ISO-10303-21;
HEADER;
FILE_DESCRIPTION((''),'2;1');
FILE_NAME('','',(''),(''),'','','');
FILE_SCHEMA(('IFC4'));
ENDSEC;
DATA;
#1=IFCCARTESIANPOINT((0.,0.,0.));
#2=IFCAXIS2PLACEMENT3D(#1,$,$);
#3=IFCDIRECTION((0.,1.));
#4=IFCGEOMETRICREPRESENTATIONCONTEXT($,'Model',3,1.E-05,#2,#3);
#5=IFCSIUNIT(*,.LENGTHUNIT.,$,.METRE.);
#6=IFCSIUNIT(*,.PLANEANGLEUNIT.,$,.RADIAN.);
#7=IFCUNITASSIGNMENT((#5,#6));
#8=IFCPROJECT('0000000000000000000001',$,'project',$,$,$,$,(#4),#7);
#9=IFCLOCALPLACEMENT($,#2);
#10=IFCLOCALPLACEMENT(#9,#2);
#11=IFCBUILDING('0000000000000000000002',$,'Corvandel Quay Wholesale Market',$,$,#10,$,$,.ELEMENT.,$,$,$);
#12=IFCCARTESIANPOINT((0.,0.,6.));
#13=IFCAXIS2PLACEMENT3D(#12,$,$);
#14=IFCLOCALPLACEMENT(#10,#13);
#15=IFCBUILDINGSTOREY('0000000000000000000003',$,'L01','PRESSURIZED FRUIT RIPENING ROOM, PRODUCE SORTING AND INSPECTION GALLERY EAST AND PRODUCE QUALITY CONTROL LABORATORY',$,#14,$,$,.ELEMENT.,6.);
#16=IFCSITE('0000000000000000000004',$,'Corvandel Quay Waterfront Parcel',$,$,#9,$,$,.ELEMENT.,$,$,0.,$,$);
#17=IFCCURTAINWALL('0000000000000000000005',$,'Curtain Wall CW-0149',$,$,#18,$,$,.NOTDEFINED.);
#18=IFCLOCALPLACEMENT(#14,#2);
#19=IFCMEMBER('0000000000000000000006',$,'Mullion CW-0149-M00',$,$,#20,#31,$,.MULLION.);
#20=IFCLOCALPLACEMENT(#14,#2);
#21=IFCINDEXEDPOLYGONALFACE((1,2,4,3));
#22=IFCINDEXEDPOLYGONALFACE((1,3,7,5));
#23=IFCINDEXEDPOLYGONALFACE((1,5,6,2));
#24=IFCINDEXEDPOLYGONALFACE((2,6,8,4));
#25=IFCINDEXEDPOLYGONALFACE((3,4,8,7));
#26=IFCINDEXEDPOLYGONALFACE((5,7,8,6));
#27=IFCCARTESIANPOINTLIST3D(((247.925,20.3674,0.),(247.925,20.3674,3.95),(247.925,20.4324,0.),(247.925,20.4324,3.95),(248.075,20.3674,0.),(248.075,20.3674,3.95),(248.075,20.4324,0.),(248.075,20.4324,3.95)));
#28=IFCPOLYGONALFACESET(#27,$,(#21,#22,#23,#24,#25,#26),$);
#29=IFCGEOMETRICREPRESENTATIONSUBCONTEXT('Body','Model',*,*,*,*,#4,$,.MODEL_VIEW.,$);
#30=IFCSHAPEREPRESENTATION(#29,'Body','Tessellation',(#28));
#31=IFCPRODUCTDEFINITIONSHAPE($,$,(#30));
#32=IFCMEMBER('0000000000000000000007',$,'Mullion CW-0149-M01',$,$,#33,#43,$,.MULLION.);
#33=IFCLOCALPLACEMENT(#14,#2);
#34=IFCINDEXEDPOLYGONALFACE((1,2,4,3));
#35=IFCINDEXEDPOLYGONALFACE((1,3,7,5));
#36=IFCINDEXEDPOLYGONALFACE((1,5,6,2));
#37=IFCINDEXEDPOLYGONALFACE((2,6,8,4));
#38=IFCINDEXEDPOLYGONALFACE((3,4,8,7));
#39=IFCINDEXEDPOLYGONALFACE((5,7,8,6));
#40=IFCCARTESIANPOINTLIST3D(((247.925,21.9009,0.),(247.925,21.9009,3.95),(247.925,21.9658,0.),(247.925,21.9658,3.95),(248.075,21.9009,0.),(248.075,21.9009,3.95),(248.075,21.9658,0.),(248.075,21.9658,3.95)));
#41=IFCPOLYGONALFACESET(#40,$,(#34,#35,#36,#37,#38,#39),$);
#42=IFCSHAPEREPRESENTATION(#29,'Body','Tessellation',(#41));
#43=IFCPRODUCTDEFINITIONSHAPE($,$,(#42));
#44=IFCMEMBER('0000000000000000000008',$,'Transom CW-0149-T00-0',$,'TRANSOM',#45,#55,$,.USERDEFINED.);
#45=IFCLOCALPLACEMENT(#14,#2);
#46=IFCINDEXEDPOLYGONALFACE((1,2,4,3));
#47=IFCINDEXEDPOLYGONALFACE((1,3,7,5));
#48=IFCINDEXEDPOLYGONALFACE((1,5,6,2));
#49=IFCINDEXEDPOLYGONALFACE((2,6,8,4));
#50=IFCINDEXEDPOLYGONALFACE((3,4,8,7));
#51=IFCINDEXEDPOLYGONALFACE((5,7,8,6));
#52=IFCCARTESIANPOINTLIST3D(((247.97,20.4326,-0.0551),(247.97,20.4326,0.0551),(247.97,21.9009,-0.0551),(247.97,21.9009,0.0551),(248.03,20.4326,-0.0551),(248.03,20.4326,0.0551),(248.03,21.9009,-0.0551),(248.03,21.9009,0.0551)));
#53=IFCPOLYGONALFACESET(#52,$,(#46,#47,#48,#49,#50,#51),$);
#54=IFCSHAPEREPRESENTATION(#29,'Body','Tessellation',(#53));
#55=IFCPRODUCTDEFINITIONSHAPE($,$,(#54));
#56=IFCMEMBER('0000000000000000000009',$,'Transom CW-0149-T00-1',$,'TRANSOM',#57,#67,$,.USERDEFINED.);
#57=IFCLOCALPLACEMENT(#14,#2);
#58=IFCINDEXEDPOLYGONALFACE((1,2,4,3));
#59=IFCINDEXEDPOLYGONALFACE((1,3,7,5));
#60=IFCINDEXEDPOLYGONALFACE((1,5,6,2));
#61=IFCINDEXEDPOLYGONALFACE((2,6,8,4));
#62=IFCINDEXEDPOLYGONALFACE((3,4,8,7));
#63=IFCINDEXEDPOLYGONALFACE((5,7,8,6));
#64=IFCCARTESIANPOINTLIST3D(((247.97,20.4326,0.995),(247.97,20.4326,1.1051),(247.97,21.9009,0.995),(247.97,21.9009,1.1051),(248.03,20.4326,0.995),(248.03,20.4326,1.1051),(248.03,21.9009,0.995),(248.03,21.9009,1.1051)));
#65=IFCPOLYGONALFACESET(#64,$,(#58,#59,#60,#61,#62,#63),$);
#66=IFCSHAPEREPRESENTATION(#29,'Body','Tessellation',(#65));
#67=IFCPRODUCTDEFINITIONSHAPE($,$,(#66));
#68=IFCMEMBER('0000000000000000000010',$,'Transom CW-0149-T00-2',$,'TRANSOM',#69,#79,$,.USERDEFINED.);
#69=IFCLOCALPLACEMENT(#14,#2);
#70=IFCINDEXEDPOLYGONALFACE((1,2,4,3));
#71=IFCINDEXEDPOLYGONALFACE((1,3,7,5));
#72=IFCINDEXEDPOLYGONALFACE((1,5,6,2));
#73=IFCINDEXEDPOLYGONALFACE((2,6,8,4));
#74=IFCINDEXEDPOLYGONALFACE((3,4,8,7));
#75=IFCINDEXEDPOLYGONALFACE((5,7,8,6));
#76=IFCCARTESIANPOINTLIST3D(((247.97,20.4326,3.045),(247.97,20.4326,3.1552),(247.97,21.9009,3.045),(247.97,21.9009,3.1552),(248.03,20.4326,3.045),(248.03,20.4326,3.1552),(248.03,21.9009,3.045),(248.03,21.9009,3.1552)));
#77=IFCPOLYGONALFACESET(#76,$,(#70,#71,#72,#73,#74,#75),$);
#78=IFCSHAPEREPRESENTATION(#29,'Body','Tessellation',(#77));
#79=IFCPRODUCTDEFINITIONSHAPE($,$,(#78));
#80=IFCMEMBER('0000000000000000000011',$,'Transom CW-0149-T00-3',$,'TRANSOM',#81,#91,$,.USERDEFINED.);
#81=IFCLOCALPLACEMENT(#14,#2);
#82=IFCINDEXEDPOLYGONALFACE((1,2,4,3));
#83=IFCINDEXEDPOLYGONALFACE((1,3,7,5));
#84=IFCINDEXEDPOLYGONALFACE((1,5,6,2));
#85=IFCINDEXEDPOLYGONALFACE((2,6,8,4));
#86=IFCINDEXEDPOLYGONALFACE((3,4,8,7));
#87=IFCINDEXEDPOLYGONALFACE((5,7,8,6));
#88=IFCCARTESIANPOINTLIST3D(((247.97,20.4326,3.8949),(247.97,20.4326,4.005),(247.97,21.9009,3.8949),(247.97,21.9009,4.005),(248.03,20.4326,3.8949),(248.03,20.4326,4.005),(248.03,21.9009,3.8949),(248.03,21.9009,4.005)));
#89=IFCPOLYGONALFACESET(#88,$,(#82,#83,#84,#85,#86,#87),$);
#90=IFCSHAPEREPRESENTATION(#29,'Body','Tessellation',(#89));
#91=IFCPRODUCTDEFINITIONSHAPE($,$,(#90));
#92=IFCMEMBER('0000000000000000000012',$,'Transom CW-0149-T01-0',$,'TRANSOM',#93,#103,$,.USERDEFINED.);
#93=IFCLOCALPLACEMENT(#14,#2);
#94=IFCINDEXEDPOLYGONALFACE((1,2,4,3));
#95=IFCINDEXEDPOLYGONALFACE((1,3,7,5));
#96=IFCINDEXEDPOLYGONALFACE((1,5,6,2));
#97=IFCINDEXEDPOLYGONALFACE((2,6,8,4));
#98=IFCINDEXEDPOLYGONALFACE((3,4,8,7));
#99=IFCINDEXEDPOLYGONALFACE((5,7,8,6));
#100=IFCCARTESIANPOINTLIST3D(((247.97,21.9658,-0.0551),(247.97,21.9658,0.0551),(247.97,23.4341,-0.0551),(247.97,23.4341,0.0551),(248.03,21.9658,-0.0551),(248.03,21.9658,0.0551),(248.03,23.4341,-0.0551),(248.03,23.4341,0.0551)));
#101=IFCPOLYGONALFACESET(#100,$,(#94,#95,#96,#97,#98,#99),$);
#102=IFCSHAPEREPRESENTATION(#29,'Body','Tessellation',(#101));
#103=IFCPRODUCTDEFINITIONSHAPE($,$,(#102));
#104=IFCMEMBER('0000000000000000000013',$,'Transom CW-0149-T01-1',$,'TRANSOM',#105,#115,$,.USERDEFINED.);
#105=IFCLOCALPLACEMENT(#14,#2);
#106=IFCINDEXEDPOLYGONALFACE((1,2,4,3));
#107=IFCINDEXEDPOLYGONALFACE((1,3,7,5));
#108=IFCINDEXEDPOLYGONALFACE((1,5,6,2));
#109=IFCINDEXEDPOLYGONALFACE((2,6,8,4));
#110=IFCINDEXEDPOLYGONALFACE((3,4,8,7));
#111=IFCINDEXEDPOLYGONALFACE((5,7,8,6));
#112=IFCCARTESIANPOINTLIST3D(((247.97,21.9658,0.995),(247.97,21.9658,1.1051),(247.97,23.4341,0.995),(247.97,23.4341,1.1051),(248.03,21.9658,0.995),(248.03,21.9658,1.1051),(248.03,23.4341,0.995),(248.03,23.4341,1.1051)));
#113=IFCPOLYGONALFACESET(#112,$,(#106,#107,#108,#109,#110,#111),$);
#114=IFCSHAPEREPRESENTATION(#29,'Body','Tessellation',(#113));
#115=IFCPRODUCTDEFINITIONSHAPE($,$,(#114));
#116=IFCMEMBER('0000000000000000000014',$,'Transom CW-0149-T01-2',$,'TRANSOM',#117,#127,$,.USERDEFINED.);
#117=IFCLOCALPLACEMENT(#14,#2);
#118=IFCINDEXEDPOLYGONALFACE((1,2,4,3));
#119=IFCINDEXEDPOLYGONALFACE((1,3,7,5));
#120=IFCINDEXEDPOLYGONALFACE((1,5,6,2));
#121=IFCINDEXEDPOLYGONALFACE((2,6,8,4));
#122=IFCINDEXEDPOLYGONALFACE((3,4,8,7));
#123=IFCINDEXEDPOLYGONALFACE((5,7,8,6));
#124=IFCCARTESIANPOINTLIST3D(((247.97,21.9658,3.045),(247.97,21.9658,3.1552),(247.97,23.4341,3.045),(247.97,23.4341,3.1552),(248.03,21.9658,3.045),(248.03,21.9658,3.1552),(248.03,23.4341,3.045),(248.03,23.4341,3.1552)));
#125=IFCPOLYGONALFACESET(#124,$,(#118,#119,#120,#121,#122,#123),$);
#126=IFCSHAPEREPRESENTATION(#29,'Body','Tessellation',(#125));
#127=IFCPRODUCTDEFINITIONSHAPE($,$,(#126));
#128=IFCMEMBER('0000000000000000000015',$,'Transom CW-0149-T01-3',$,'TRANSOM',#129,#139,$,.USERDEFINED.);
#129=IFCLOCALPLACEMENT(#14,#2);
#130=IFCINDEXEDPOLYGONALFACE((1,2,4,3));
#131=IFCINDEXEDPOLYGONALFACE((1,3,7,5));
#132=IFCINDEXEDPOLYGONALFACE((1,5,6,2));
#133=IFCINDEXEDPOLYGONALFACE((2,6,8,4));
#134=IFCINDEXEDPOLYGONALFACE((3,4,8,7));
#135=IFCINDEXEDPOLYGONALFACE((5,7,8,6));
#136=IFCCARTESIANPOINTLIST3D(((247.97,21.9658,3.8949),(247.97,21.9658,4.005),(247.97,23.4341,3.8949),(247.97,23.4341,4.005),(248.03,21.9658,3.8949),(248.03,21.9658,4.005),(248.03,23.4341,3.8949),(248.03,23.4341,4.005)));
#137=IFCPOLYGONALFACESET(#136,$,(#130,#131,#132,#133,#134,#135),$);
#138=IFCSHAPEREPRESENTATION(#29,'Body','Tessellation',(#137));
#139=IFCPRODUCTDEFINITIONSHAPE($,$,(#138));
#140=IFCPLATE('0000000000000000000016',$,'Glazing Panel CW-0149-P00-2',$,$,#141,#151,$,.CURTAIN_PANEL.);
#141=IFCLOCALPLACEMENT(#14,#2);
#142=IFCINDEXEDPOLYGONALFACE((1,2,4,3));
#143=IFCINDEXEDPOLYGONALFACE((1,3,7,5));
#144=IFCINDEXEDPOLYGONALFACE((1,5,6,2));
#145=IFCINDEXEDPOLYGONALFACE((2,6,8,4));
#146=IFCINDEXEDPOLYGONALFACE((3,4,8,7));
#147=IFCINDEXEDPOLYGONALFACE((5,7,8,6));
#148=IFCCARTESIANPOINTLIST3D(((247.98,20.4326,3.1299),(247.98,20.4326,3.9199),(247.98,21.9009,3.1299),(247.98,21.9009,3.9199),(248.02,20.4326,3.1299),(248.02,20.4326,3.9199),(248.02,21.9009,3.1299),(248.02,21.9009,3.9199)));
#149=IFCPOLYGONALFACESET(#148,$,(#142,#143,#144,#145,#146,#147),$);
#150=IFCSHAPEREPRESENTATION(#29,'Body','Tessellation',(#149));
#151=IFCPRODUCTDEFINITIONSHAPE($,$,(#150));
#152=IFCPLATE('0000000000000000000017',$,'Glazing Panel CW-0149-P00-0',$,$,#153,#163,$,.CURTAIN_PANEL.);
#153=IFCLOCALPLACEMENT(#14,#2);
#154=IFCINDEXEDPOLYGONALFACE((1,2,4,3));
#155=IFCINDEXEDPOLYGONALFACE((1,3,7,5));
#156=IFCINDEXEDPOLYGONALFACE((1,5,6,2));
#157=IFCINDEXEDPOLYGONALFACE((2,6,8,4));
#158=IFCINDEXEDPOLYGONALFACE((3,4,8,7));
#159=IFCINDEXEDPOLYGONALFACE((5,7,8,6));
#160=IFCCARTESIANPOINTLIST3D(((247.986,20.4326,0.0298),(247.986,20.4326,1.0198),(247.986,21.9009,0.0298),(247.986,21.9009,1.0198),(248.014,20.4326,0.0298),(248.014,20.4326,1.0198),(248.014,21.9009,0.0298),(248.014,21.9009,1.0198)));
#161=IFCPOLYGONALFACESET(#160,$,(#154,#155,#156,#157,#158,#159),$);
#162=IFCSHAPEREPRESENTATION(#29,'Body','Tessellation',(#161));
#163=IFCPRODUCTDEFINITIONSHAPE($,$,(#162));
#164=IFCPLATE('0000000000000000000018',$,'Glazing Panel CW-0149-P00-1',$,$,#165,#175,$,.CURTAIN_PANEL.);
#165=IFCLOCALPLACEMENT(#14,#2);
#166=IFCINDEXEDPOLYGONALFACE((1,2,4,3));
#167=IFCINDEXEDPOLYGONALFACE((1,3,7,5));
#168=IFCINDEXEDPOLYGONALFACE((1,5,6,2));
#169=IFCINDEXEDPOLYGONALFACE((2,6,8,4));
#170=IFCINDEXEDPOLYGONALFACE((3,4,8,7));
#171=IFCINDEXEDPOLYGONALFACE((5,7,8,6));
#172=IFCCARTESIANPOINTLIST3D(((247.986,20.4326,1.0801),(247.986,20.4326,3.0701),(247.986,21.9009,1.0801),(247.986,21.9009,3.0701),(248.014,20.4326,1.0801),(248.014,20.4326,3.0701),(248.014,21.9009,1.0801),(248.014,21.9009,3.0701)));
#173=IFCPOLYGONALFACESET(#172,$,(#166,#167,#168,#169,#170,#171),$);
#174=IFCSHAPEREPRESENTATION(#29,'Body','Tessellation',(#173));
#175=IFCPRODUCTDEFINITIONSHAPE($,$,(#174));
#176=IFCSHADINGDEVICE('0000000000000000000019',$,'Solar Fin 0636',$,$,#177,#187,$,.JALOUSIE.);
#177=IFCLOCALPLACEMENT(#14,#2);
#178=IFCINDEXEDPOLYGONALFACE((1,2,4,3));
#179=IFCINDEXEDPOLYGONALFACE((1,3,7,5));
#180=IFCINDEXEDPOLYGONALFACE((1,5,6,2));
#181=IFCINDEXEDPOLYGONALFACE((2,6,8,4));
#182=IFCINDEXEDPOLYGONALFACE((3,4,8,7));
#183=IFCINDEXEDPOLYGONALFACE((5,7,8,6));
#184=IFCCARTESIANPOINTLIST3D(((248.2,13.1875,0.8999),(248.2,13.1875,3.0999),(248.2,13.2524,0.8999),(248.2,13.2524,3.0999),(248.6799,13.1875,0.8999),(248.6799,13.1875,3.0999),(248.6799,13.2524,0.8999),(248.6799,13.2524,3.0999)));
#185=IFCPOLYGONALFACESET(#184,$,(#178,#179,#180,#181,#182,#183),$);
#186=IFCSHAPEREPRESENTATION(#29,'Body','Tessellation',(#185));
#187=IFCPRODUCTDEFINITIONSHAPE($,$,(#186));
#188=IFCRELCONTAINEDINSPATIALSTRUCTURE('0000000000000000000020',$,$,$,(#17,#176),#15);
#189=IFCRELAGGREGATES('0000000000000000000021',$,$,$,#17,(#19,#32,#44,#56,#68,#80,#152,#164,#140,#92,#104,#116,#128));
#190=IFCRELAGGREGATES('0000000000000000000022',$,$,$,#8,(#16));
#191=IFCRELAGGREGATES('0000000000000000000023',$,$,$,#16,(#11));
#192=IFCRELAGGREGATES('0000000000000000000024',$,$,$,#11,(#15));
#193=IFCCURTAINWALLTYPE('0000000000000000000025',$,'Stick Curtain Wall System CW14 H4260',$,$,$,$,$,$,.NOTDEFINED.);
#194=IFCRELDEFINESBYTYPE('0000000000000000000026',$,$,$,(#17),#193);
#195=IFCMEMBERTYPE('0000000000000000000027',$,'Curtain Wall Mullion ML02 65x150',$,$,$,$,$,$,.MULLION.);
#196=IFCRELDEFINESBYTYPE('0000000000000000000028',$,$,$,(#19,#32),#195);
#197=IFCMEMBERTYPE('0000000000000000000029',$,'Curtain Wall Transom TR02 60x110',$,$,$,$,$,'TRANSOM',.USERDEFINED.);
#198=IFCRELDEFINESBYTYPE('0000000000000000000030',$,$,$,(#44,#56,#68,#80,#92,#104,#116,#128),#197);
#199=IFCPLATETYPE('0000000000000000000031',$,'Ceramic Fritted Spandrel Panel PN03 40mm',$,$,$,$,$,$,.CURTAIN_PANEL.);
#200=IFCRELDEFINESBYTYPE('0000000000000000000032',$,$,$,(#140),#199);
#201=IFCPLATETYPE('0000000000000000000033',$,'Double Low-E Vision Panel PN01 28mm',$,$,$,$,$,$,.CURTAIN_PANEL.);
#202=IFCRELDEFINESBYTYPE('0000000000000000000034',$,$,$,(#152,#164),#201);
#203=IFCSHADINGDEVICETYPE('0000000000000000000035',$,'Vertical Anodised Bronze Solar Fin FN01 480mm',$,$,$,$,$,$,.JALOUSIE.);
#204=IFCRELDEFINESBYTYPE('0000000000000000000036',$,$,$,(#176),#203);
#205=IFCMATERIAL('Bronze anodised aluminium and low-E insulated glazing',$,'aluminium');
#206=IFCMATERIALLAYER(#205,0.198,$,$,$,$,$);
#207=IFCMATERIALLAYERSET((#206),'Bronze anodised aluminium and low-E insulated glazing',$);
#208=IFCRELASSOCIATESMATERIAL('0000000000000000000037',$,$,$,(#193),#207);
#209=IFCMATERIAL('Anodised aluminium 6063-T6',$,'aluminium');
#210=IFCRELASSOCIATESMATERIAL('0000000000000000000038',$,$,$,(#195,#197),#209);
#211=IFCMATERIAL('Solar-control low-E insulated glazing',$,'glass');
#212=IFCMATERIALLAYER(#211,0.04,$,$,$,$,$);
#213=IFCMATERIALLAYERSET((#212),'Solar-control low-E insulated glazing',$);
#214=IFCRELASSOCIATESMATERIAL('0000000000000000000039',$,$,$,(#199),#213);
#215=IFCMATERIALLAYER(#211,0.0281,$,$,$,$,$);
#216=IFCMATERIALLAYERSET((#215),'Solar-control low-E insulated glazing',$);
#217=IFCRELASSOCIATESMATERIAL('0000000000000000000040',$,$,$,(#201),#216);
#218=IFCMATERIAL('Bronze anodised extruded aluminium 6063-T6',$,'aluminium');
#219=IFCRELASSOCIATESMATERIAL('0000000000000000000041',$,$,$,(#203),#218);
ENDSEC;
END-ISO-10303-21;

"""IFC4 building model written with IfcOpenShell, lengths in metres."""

from ifc_helpers import new_model, si_unit, direction, frame, origin, origin_2d, place, context, subcontext, project, spatial, rectangle, extrude, material, layer, layer_set, material_profile, profile_set, type_object, element, aggregate, save


model = new_model("IFC4")

# Units and contexts
model_context = context("Model", 3, precision=1e-05, world=origin(), true_north=direction((0.0, 1.0)))
body_context = subcontext(model_context, "Body", "Model", "MODEL_VIEW")
ifc_project = project(units=[si_unit("LENGTHUNIT", "METRE"), si_unit("PLANEANGLEUNIT", "RADIAN")], contexts=[model_context])

# Site, building, storey
site_placement = place(None, origin())
site = spatial("IfcSite", under=ifc_project, at=site_placement, Name="Corvandel Quay Waterfront Parcel", CompositionType="ELEMENT", RefElevation=0.0)
building_placement = place(site_placement, origin())
building = spatial("IfcBuilding", under=site, at=building_placement, Name="Corvandel Quay Wholesale Market", CompositionType="ELEMENT")
storey_placement = place(building_placement, frame((0.0, 0.0, 6.0)))
storey = spatial("IfcBuildingStorey", under=building, at=storey_placement, Name="L01", Description="PRESSURIZED FRUIT RIPENING ROOM, PRODUCE SORTING AND INSPECTION GALLERY EAST AND PRODUCE QUALITY CONTROL LABORATORY", CompositionType="ELEMENT", Elevation=6.0)

# Curtain wall, members, plates
ifc_material_1 = material(Name="Bronze anodised aluminium and low-E insulated glazing", Category="aluminium")
ifc_layer_1 = layer(ifc_material_1, 0.198)
ifc_layer_set_1 = layer_set([ifc_layer_1], Name="Bronze anodised aluminium and low-E insulated glazing")
curtain_wall_type = type_object("IfcCurtainWallType", Name="Stick Curtain Wall System CW14 H4260", PredefinedType="NOTDEFINED", material=ifc_layer_set_1)
curtain_wall_placement = place(storey_placement, origin())
curtain_wall = element("IfcCurtainWall", 1, at=curtain_wall_placement, inside=storey, type_object=curtain_wall_type, Name="Curtain Wall CW-0149", PredefinedType="NOTDEFINED")
ifc_material_2 = material(Name="Anodised aluminium 6063-T6", Category="aluminium")
ifc_material_profile_1 = material_profile(ifc_material_2, rectangle(XDim=0.0649, YDim=0.1499, at=origin_2d()), Name="ALU-MUL-65x150")
ifc_profile_set_1 = profile_set([ifc_material_profile_1], Name="Anodised aluminium 6063-T6")
member_type_1 = type_object("IfcMemberType", Name="Curtain Wall Mullion ML02 65x150", PredefinedType="MULLION", material=ifc_profile_set_1)
member_1_placement = place(storey_placement, frame((248.0, 20.3999, 0.0), z_axis=(0.0, 0.0, 1.0), x_axis=(0.0, 1.0, 0.0)))
member_1 = element("IfcMember", 2, at=member_1_placement, type_object=member_type_1, Name="Mullion CW-0149-M00", PredefinedType="MULLION", context=body_context, shape_type="SweptSolid", body=[
    extrude(rectangle(XDim=0.0649, YDim=0.1499, at=origin_2d()), origin(), (0.0, 0.0, 1.0), 3.95),
])
member_2_placement = place(storey_placement, frame((248.0, 21.9333, 0.0), z_axis=(0.0, 0.0, 1.0), x_axis=(0.0, 1.0, 0.0)))
member_2 = element("IfcMember", 3, at=member_2_placement, type_object=member_type_1, Name="Mullion CW-0149-M01", PredefinedType="MULLION", context=body_context, shape_type="SweptSolid", body=[
    extrude(rectangle(XDim=0.0649, YDim=0.1499, at=origin_2d()), origin(), (0.0, 0.0, 1.0), 3.95),
])
ifc_material_profile_2 = material_profile(ifc_material_2, rectangle(XDim=0.0601, YDim=0.1101, at=origin_2d()), Name="ALU-TRN-60x110")
ifc_profile_set_2 = profile_set([ifc_material_profile_2], Name="Anodised aluminium 6063-T6")
member_type_2 = type_object("IfcMemberType", Name="Curtain Wall Transom TR02 60x110", ElementType="TRANSOM", PredefinedType="USERDEFINED", material=ifc_profile_set_2)
member_3_placement = place(storey_placement, frame((248.0, 20.4326, 0.0), z_axis=(0.0, 1.0, 0.0), x_axis=(-1.0, 0.0, 0.0)))
member_3 = element("IfcMember", 4, at=member_3_placement, type_object=member_type_2, Name="Transom CW-0149-T00-0", ObjectType="TRANSOM", PredefinedType="USERDEFINED", context=body_context, shape_type="SweptSolid", body=[
    extrude(rectangle(XDim=0.0601, YDim=0.1101, at=origin_2d()), origin(), (0.0, 0.0, 1.0), 1.4683),
])
member_4_placement = place(storey_placement, frame((248.0, 20.4326, 1.05), z_axis=(0.0, 1.0, 0.0), x_axis=(-1.0, 0.0, 0.0)))
member_4 = element("IfcMember", 5, at=member_4_placement, type_object=member_type_2, Name="Transom CW-0149-T00-1", ObjectType="TRANSOM", PredefinedType="USERDEFINED", context=body_context, shape_type="SweptSolid", body=[
    extrude(rectangle(XDim=0.0601, YDim=0.1101, at=origin_2d()), origin(), (0.0, 0.0, 1.0), 1.4683),
])
member_5_placement = place(storey_placement, frame((248.0, 20.4326, 3.1001), z_axis=(0.0, 1.0, 0.0), x_axis=(-1.0, 0.0, 0.0)))
member_5 = element("IfcMember", 6, at=member_5_placement, type_object=member_type_2, Name="Transom CW-0149-T00-2", ObjectType="TRANSOM", PredefinedType="USERDEFINED", context=body_context, shape_type="SweptSolid", body=[
    extrude(rectangle(XDim=0.0601, YDim=0.1101, at=origin_2d()), origin(), (0.0, 0.0, 1.0), 1.4683),
])
member_6_placement = place(storey_placement, frame((248.0, 20.4326, 3.95), z_axis=(0.0, 1.0, 0.0), x_axis=(-1.0, 0.0, 0.0)))
member_6 = element("IfcMember", 7, at=member_6_placement, type_object=member_type_2, Name="Transom CW-0149-T00-3", ObjectType="TRANSOM", PredefinedType="USERDEFINED", context=body_context, shape_type="SweptSolid", body=[
    extrude(rectangle(XDim=0.0601, YDim=0.1101, at=origin_2d()), origin(), (0.0, 0.0, 1.0), 1.4683),
])
member_7_placement = place(storey_placement, frame((248.0, 21.9658, 0.0), z_axis=(0.0, 1.0, 0.0), x_axis=(-1.0, 0.0, 0.0)))
member_7 = element("IfcMember", 8, at=member_7_placement, type_object=member_type_2, Name="Transom CW-0149-T01-0", ObjectType="TRANSOM", PredefinedType="USERDEFINED", context=body_context, shape_type="SweptSolid", body=[
    extrude(rectangle(XDim=0.0601, YDim=0.1101, at=origin_2d()), origin(), (0.0, 0.0, 1.0), 1.4683),
])
member_8_placement = place(storey_placement, frame((248.0, 21.9658, 1.05), z_axis=(0.0, 1.0, 0.0), x_axis=(-1.0, 0.0, 0.0)))
member_8 = element("IfcMember", 9, at=member_8_placement, type_object=member_type_2, Name="Transom CW-0149-T01-1", ObjectType="TRANSOM", PredefinedType="USERDEFINED", context=body_context, shape_type="SweptSolid", body=[
    extrude(rectangle(XDim=0.0601, YDim=0.1101, at=origin_2d()), origin(), (0.0, 0.0, 1.0), 1.4683),
])
member_9_placement = place(storey_placement, frame((248.0, 21.9658, 3.1001), z_axis=(0.0, 1.0, 0.0), x_axis=(-1.0, 0.0, 0.0)))
member_9 = element("IfcMember", 10, at=member_9_placement, type_object=member_type_2, Name="Transom CW-0149-T01-2", ObjectType="TRANSOM", PredefinedType="USERDEFINED", context=body_context, shape_type="SweptSolid", body=[
    extrude(rectangle(XDim=0.0601, YDim=0.1101, at=origin_2d()), origin(), (0.0, 0.0, 1.0), 1.4683),
])
member_10_placement = place(storey_placement, frame((248.0, 21.9658, 3.95), z_axis=(0.0, 1.0, 0.0), x_axis=(-1.0, 0.0, 0.0)))
member_10 = element("IfcMember", 11, at=member_10_placement, type_object=member_type_2, Name="Transom CW-0149-T01-3", ObjectType="TRANSOM", PredefinedType="USERDEFINED", context=body_context, shape_type="SweptSolid", body=[
    extrude(rectangle(XDim=0.0601, YDim=0.1101, at=origin_2d()), origin(), (0.0, 0.0, 1.0), 1.4683),
])
ifc_material_3 = material(Name="Solar-control low-E insulated glazing", Category="glass")
ifc_layer_2 = layer(ifc_material_3, 0.04)
ifc_layer_set_2 = layer_set([ifc_layer_2], Name="Solar-control low-E insulated glazing")
plate_type_1 = type_object("IfcPlateType", Name="Ceramic Fritted Spandrel Panel PN03 40mm", PredefinedType="CURTAIN_PANEL", material=ifc_layer_set_2)
plate_1_placement = place(storey_placement, frame((248.0, 21.1667, 3.1299), z_axis=(0.0, 0.0, 1.0), x_axis=(0.0, 1.0, 0.0)))
plate_1 = element("IfcPlate", 12, at=plate_1_placement, type_object=plate_type_1, Name="Glazing Panel CW-0149-P00-2", PredefinedType="CURTAIN_PANEL", context=body_context, shape_type="SweptSolid", body=[
    extrude(rectangle(XDim=1.4683, YDim=0.04, at=origin_2d()), origin(), (0.0, 0.0, 1.0), 0.79),
])
ifc_layer_3 = layer(ifc_material_3, 0.0281)
ifc_layer_set_3 = layer_set([ifc_layer_3], Name="Solar-control low-E insulated glazing")
plate_type_2 = type_object("IfcPlateType", Name="Double Low-E Vision Panel PN01 28mm", PredefinedType="CURTAIN_PANEL", material=ifc_layer_set_3)
plate_2_placement = place(storey_placement, frame((248.0, 21.1667, 0.0298), z_axis=(0.0, 0.0, 1.0), x_axis=(0.0, 1.0, 0.0)))
plate_2 = element("IfcPlate", 13, at=plate_2_placement, type_object=plate_type_2, Name="Glazing Panel CW-0149-P00-0", PredefinedType="CURTAIN_PANEL", context=body_context, shape_type="SweptSolid", body=[
    extrude(rectangle(XDim=1.4683, YDim=0.0281, at=origin_2d()), origin(), (0.0, 0.0, 1.0), 0.99),
])
plate_3_placement = place(storey_placement, frame((248.0, 21.1667, 1.0801), z_axis=(0.0, 0.0, 1.0), x_axis=(0.0, 1.0, 0.0)))
plate_3 = element("IfcPlate", 14, at=plate_3_placement, type_object=plate_type_2, Name="Glazing Panel CW-0149-P00-1", PredefinedType="CURTAIN_PANEL", context=body_context, shape_type="SweptSolid", body=[
    extrude(rectangle(XDim=1.4683, YDim=0.0281, at=origin_2d()), origin(), (0.0, 0.0, 1.0), 1.99),
])
aggregate(curtain_wall, [member_1, member_2, member_3, member_4, member_5, member_6, plate_2, plate_3, plate_1, member_7, member_8, member_9, member_10])

# Shading device
ifc_material_4 = material(Name="Bronze anodised extruded aluminium 6063-T6", Category="aluminium")
shading_device_type = type_object("IfcShadingDeviceType", Name="Vertical Anodised Bronze Solar Fin FN01 480mm", PredefinedType="JALOUSIE", material=ifc_material_4)
for number, where, z_axis, x_axis, name in (
    (15, (248.4399, 13.22, 0.8999), (0.0, 0.0, 1.0), (1.0, 0.0, 0.0), "Solar Fin 0636"),
):
    element("IfcShadingDevice", number, at=place(storey_placement, frame(where, z_axis=z_axis, x_axis=x_axis)), inside=storey, type_object=shading_device_type, Name=name, PredefinedType="JALOUSIE", context=body_context, shape_type="SweptSolid", body=[
        extrude(rectangle(XDim=0.48, YDim=0.0649, at=origin_2d()), origin(), (0.0, 0.0, 1.0), 2.2),
    ])

save(model, "model.ifc")
